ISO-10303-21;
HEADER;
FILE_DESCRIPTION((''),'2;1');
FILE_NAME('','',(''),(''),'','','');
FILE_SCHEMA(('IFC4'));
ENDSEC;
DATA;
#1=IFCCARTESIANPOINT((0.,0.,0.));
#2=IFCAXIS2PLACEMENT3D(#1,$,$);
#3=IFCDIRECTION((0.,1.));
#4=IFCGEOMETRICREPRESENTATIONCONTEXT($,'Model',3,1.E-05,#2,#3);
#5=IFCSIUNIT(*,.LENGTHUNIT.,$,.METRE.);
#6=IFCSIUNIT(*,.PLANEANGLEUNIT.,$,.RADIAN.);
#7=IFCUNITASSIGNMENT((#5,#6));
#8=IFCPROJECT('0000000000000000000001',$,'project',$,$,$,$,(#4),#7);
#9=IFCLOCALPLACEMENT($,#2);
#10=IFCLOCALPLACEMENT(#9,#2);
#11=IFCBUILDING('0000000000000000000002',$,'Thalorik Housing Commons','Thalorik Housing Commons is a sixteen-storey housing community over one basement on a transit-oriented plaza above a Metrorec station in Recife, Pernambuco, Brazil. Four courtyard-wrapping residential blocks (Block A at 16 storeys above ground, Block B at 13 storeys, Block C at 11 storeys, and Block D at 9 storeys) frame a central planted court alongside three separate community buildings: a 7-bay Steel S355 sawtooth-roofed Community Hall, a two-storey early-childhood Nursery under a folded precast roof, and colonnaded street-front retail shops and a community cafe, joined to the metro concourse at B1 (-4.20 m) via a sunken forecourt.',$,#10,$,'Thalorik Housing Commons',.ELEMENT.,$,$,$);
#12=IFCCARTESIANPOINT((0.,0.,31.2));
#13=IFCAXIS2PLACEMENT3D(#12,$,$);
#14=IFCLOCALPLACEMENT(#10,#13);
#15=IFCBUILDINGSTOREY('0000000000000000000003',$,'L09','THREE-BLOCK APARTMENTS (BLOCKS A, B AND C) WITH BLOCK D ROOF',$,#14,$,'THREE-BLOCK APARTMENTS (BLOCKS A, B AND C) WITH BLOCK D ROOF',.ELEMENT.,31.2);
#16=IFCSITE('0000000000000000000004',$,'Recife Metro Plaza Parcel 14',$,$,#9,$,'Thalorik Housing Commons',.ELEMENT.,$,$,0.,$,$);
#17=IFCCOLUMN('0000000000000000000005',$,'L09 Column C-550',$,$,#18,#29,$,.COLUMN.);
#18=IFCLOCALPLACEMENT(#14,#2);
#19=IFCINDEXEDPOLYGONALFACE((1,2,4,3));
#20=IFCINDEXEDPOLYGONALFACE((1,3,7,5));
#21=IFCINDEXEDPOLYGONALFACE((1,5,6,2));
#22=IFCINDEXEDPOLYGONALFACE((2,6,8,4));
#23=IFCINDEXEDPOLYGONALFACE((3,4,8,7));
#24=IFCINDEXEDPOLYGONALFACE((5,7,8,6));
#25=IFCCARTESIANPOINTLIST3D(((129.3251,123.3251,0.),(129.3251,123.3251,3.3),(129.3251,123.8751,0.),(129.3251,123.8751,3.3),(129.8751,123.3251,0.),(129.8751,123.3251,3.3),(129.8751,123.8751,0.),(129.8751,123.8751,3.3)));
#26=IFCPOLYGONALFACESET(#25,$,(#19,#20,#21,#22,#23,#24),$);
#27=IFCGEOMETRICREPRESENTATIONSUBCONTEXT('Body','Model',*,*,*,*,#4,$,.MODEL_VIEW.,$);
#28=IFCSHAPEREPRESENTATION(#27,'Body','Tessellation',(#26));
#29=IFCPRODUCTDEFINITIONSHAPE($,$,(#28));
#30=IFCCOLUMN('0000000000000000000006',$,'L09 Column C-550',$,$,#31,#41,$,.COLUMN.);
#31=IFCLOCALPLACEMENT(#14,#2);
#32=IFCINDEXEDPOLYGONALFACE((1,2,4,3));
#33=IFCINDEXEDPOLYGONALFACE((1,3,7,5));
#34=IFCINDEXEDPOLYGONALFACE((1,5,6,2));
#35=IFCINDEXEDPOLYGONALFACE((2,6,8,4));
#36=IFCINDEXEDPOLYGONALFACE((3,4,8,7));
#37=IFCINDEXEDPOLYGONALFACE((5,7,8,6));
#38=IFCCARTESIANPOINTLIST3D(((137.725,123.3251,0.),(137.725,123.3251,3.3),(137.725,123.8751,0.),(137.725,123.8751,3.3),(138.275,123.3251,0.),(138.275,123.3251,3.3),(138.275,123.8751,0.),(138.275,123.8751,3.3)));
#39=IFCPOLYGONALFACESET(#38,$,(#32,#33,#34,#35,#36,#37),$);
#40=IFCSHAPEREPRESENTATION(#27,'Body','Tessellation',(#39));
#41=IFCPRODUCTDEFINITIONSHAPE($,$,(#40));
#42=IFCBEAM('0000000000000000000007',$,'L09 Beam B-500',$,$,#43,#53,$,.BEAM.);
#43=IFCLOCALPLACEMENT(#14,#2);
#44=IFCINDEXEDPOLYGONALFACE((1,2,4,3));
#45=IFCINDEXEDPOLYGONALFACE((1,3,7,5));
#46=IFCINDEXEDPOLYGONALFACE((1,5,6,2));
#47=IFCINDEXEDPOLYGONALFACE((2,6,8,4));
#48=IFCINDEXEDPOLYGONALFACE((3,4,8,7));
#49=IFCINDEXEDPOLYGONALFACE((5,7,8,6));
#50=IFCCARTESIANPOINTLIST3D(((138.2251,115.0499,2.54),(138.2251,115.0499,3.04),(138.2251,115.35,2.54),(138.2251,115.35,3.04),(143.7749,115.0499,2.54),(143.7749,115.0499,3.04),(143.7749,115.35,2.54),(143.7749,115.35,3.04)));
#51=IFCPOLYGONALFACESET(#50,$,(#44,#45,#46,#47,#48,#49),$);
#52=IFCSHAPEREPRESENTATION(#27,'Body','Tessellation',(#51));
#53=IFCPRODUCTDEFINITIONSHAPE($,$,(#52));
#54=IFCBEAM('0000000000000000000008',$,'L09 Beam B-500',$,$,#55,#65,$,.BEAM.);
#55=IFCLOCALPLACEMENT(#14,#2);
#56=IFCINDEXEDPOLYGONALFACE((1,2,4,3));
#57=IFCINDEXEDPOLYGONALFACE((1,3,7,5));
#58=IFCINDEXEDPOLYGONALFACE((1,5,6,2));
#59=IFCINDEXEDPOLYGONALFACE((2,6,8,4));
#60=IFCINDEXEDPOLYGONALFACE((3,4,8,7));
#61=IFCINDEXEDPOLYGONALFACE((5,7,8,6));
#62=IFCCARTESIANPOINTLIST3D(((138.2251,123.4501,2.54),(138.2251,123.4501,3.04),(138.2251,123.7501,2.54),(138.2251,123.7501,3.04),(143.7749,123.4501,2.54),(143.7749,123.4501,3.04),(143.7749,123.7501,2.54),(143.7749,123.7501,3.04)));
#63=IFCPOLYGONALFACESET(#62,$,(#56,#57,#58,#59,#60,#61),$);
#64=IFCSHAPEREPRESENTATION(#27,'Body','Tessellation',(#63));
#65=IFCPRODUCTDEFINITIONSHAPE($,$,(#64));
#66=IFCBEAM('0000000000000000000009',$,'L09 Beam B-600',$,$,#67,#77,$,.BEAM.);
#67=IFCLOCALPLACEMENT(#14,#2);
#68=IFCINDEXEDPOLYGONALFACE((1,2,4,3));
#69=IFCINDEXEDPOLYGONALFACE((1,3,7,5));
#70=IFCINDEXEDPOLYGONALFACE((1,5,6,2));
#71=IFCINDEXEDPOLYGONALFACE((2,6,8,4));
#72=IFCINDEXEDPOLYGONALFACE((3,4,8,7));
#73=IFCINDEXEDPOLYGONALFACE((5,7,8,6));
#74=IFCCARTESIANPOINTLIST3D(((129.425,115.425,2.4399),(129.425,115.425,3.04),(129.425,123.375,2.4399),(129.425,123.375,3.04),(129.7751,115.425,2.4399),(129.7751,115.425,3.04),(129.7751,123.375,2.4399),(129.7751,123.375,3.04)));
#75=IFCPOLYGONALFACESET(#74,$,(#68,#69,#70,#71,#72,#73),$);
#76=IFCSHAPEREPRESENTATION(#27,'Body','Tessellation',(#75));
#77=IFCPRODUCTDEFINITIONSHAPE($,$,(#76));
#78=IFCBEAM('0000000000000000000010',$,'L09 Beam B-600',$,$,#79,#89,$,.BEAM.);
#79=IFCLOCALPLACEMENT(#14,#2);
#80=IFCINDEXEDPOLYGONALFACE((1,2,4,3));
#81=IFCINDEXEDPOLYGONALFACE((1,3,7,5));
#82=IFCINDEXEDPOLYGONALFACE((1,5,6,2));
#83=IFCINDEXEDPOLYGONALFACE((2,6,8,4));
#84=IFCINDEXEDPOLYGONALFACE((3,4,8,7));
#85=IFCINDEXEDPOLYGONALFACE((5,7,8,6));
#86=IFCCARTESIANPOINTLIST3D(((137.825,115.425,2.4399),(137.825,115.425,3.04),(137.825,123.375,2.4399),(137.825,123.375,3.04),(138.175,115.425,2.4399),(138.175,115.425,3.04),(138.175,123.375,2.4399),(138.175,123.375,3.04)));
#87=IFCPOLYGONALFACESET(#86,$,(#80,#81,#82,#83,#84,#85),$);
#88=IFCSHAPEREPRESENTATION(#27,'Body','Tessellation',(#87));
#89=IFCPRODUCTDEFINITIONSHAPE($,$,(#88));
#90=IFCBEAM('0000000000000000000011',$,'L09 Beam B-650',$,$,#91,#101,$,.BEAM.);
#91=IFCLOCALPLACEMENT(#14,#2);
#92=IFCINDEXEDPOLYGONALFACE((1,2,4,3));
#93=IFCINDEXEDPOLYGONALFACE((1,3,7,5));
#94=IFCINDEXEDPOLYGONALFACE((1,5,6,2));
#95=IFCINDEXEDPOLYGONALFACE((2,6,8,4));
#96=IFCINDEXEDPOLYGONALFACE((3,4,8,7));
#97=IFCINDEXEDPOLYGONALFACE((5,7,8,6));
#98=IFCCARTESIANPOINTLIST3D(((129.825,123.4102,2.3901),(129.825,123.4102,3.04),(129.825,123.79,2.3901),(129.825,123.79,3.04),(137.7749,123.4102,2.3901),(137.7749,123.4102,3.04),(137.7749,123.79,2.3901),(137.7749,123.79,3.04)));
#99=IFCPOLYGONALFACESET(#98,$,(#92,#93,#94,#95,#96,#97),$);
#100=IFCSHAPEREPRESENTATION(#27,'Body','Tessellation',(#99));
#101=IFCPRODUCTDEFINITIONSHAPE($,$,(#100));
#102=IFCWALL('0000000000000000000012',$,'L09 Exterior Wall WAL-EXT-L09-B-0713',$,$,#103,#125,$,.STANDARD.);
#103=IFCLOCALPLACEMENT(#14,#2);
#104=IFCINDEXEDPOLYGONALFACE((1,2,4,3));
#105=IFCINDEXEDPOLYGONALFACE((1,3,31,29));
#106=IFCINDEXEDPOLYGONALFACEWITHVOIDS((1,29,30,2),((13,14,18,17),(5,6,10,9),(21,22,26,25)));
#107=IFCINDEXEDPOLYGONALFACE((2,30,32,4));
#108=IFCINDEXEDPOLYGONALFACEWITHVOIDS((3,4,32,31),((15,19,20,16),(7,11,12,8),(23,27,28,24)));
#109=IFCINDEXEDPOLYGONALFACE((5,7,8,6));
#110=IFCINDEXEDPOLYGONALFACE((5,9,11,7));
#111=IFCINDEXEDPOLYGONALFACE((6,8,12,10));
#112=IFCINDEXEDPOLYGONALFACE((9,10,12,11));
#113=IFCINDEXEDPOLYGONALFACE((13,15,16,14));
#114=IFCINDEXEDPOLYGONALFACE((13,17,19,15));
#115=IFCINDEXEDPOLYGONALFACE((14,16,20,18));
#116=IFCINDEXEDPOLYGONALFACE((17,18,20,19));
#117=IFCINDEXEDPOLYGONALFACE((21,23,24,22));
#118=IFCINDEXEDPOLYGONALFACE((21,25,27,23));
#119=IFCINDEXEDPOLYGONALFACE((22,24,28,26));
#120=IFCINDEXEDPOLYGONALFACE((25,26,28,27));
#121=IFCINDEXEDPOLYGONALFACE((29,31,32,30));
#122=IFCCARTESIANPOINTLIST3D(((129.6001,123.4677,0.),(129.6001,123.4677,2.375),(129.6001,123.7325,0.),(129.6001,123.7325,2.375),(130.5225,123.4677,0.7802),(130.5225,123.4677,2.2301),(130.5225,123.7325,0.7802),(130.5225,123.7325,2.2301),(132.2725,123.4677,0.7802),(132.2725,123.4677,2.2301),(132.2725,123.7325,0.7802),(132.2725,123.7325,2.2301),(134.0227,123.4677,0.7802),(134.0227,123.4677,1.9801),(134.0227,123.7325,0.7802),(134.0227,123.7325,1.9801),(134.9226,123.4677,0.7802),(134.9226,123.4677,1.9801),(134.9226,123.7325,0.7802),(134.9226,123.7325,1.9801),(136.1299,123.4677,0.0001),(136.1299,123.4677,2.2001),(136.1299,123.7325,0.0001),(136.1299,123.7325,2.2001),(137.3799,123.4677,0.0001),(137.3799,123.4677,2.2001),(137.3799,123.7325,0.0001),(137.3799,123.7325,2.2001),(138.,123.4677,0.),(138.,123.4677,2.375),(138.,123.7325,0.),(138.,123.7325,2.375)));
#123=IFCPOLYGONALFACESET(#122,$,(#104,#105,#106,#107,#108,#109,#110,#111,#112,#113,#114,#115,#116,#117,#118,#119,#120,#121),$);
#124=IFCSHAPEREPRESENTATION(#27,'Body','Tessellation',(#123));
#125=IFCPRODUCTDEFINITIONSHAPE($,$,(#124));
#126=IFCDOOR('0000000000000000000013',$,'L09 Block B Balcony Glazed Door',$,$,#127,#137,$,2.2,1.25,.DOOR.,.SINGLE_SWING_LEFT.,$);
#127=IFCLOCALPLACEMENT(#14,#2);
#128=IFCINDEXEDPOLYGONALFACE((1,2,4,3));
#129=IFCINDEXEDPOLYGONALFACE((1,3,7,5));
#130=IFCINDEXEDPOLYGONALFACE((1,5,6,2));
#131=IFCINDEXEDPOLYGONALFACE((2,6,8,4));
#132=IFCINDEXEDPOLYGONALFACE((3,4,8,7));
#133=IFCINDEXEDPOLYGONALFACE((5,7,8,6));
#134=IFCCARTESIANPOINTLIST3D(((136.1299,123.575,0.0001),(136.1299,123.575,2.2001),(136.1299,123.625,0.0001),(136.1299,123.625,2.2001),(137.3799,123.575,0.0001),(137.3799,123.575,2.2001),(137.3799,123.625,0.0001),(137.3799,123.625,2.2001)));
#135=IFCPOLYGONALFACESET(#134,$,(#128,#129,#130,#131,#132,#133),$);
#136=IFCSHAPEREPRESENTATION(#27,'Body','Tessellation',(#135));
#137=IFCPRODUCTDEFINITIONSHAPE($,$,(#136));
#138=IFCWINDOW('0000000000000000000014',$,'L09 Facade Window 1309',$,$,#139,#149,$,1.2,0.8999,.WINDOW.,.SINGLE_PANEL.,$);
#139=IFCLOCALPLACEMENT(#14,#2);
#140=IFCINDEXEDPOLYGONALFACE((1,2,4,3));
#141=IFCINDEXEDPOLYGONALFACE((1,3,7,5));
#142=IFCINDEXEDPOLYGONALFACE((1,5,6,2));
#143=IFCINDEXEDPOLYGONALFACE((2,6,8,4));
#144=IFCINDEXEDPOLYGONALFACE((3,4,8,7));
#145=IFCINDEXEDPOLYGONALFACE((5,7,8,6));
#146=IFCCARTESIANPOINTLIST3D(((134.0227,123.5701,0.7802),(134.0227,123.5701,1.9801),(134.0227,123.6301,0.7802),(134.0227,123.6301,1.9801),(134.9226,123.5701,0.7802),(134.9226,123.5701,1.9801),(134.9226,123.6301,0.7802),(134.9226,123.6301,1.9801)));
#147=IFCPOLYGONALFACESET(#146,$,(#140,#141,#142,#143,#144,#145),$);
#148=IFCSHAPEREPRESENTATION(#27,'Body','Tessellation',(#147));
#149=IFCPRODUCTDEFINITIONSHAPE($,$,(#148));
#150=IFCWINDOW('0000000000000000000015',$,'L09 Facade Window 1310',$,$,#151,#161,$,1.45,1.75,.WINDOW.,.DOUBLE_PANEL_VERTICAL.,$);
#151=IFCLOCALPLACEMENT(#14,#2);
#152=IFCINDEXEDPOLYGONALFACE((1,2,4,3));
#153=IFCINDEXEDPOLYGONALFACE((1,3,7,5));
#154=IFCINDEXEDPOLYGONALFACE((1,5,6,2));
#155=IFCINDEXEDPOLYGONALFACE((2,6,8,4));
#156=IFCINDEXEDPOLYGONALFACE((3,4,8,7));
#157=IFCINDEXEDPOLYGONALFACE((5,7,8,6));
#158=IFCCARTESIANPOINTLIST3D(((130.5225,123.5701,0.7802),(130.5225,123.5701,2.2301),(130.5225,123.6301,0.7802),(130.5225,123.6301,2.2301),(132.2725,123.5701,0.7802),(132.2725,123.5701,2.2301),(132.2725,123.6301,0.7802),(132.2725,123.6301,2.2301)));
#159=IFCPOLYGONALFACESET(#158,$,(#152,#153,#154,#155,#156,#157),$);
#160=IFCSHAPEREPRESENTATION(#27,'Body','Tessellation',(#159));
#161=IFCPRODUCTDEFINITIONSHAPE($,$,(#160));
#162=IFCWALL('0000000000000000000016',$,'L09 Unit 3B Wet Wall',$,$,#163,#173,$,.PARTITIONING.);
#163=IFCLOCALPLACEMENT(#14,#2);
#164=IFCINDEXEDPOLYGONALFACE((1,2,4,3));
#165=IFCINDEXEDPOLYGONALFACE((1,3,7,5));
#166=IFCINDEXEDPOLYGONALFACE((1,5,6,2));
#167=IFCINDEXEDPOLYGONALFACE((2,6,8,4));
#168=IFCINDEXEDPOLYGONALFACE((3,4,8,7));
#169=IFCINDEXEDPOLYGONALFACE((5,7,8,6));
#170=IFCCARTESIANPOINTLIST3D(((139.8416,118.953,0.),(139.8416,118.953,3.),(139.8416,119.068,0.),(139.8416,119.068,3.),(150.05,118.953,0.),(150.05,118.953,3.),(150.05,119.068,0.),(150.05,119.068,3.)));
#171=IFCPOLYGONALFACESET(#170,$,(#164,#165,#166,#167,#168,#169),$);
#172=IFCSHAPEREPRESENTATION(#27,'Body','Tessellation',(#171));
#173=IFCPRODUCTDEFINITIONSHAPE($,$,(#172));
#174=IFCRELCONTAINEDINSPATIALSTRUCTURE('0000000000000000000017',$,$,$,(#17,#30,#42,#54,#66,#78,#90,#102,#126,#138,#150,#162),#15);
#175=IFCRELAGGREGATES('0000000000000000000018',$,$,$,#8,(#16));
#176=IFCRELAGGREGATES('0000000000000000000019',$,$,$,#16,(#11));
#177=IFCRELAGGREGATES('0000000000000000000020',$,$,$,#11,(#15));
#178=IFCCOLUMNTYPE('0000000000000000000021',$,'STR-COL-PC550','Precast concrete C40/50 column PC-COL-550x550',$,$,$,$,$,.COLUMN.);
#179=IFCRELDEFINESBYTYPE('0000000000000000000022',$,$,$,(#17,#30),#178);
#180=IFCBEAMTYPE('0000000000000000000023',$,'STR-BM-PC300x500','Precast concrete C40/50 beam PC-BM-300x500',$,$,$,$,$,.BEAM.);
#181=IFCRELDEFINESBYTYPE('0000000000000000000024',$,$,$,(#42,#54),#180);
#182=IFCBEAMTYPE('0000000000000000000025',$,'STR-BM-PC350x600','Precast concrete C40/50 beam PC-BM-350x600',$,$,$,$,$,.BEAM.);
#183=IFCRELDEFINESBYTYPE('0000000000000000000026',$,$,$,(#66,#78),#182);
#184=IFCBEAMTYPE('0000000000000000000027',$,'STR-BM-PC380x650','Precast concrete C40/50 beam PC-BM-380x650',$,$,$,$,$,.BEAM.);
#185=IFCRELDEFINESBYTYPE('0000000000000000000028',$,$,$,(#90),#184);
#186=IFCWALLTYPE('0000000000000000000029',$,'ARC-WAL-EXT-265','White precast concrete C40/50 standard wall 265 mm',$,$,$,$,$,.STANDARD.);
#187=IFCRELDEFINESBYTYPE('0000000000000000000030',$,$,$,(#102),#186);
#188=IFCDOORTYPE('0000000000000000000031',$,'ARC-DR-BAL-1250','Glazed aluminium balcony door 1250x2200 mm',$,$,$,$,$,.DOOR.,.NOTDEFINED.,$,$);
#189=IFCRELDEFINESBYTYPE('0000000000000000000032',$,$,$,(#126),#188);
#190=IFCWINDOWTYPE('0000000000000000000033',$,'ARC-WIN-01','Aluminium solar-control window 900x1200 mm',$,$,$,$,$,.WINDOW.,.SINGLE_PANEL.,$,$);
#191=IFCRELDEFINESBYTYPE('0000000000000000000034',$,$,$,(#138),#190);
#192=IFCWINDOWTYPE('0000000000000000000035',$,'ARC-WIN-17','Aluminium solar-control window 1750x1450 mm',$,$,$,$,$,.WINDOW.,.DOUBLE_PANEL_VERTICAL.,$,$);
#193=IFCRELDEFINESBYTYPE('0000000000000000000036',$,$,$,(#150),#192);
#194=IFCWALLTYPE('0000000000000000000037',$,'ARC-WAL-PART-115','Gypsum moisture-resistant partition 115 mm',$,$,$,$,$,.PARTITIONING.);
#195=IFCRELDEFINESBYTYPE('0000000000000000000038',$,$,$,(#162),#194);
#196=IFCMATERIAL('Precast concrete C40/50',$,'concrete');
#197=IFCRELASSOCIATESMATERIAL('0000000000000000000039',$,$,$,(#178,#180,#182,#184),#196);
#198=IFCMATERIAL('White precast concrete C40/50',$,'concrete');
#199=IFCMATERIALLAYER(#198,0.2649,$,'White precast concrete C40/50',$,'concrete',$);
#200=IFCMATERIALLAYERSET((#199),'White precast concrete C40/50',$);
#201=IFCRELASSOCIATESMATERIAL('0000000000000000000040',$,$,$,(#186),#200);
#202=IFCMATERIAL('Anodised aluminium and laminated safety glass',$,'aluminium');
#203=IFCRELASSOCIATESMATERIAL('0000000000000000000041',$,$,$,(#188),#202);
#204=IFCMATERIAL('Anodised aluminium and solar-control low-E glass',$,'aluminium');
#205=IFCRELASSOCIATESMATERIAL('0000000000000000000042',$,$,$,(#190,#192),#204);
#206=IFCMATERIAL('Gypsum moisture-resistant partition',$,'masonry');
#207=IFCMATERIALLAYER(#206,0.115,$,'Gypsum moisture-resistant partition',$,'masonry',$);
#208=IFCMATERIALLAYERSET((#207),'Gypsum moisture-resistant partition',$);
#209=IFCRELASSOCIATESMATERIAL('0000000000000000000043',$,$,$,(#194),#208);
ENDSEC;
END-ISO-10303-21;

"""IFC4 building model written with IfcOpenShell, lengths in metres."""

from ifc_helpers import new_model, si_unit, direction, frame, frame_2d, origin, origin_2d, place, context, subcontext, project, spatial, rectangle, extrude, material, layer, layer_set, material_profile, profile_set, type_object, element, fill, save


model = new_model("IFC4")

# Units and contexts
model_context = context("Model", 3, precision=1e-05, world=origin(), true_north=direction((0.0, 1.0)))
body_context = subcontext(model_context, "Body", "Model", "MODEL_VIEW")
ifc_project = project(units=[si_unit("LENGTHUNIT", "METRE"), si_unit("PLANEANGLEUNIT", "RADIAN")], contexts=[model_context])

# Site, building, storey
site_placement = place(None, origin())
site = spatial("IfcSite", under=ifc_project, at=site_placement, Name="Recife Metro Plaza Parcel 14", LongName="Thalorik Housing Commons", CompositionType="ELEMENT", RefElevation=0.0)
building_placement = place(site_placement, origin())
building = spatial("IfcBuilding", under=site, at=building_placement, Name="Thalorik Housing Commons", Description="Thalorik Housing Commons is a sixteen-storey housing community over one basement on a transit-oriented plaza above a Metrorec station in Recife, Pernambuco, Brazil. Four courtyard-wrapping residential blocks (Block A at 16 storeys above ground, Block B at 13 storeys, Block C at 11 storeys, and Block D at 9 storeys) frame a central planted court alongside three separate community buildings: a 7-bay Steel S355 sawtooth-roofed Community Hall, a two-storey early-childhood Nursery under a folded precast roof, and colonnaded street-front retail shops and a community cafe, joined to the metro concourse at B1 (-4.20 m) via a sunken forecourt.", LongName="Thalorik Housing Commons", CompositionType="ELEMENT")
storey_placement = place(building_placement, frame((0.0, 0.0, 31.2)))
storey = spatial("IfcBuildingStorey", under=building, at=storey_placement, Name="L09", Description="THREE-BLOCK APARTMENTS (BLOCKS A, B AND C) WITH BLOCK D ROOF", LongName="THREE-BLOCK APARTMENTS (BLOCKS A, B AND C) WITH BLOCK D ROOF", CompositionType="ELEMENT", Elevation=31.2)

# Columns
ifc_material_1 = material(Name="Precast concrete C40/50", Category="concrete")
ifc_material_profile_1 = material_profile(ifc_material_1, rectangle(XDim=0.55, YDim=0.55, at=origin_2d()), Name="PC 550x550", Category="concrete")
ifc_profile_set_1 = profile_set([ifc_material_profile_1], Name="Precast concrete C40/50")
column_type = type_object("IfcColumnType", Name="STR-COL-PC550", Description="Precast concrete C40/50 column PC-COL-550x550", PredefinedType="COLUMN", material=ifc_profile_set_1)
for number, where, z_axis, x_axis, name in (
    (1, (129.6001, 123.6001, 0.0), (0.0, 0.0, 1.0), (1.0, 0.0, 0.0), "L09 Column C-550"),
    (2, (138.0, 123.6001, 0.0), (0.0, 0.0, 1.0), (1.0, 0.0, 0.0), "L09 Column C-550"),
):
    element("IfcColumn", number, at=place(storey_placement, frame(where, z_axis=z_axis, x_axis=x_axis)), inside=storey, type_object=column_type, Name=name, PredefinedType="COLUMN", context=body_context, shape_type="SweptSolid", body=[
        extrude(rectangle(XDim=0.55, YDim=0.55, at=origin_2d()), origin(), (0.0, 0.0, 1.0), 3.3),
    ])

# Beams
ifc_material_profile_2 = material_profile(ifc_material_1, rectangle(XDim=0.3, YDim=0.5, at=origin_2d()), Name="PC 300x500", Category="concrete")
ifc_profile_set_2 = profile_set([ifc_material_profile_2], Name="Precast concrete C40/50")
beam_type_1 = type_object("IfcBeamType", Name="STR-BM-PC300x500", Description="Precast concrete C40/50 beam PC-BM-300x500", PredefinedType="BEAM", material=ifc_profile_set_2)
for number, where, z_axis, x_axis, name in (
    (3, (138.2251, 115.2, 2.79), (1.0, 0.0, 0.0), (0.0, 1.0, 0.0), "L09 Beam B-500"),
    (4, (138.2251, 123.6001, 2.79), (1.0, 0.0, 0.0), (0.0, 1.0, 0.0), "L09 Beam B-500"),
):
    element("IfcBeam", number, at=place(storey_placement, frame(where, z_axis=z_axis, x_axis=x_axis)), inside=storey, type_object=beam_type_1, Name=name, PredefinedType="BEAM", context=body_context, shape_type="SweptSolid", body=[
        extrude(rectangle(XDim=0.3, YDim=0.5, at=origin_2d()), origin(), (0.0, 0.0, 1.0), 5.5498),
    ])
ifc_material_profile_3 = material_profile(ifc_material_1, rectangle(XDim=0.3501, YDim=0.6001, at=origin_2d()), Name="PC 350x600", Category="concrete")
ifc_profile_set_3 = profile_set([ifc_material_profile_3], Name="Precast concrete C40/50")
beam_type_2 = type_object("IfcBeamType", Name="STR-BM-PC350x600", Description="Precast concrete C40/50 beam PC-BM-350x600", PredefinedType="BEAM", material=ifc_profile_set_3)
for number, where, z_axis, x_axis, name in (
    (5, (129.6001, 115.425, 2.74), (0.0, 1.0, 0.0), (-1.0, 0.0, 0.0), "L09 Beam B-600"),
    (6, (138.0, 115.425, 2.74), (0.0, 1.0, 0.0), (-1.0, 0.0, 0.0), "L09 Beam B-600"),
):
    element("IfcBeam", number, at=place(storey_placement, frame(where, z_axis=z_axis, x_axis=x_axis)), inside=storey, type_object=beam_type_2, Name=name, PredefinedType="BEAM", context=body_context, shape_type="SweptSolid", body=[
        extrude(rectangle(XDim=0.3501, YDim=0.6001, at=origin_2d()), origin(), (0.0, 0.0, 1.0), 7.95),
    ])
ifc_material_profile_4 = material_profile(ifc_material_1, rectangle(XDim=0.3799, YDim=0.6499, at=origin_2d()), Name="PC 380x650", Category="concrete")
ifc_profile_set_4 = profile_set([ifc_material_profile_4], Name="Precast concrete C40/50")
beam_type_3 = type_object("IfcBeamType", Name="STR-BM-PC380x650", Description="Precast concrete C40/50 beam PC-BM-380x650", PredefinedType="BEAM", material=ifc_profile_set_4)
beam_placement = place(storey_placement, frame((129.825, 123.6001, 2.7151), z_axis=(1.0, 0.0, 0.0), x_axis=(0.0, 1.0, 0.0)))
element("IfcBeam", 7, at=beam_placement, inside=storey, type_object=beam_type_3, Name="L09 Beam B-650", PredefinedType="BEAM", context=body_context, shape_type="SweptSolid", body=[
    extrude(rectangle(XDim=0.3799, YDim=0.6499, at=origin_2d()), origin(), (0.0, 0.0, 1.0), 7.95),
])

# Wall, openings, door, windows
ifc_material_2 = material(Name="White precast concrete C40/50", Category="concrete")
ifc_layer_1 = layer(ifc_material_2, 0.2649, Name="White precast concrete C40/50", Category="concrete")
ifc_layer_set_1 = layer_set([ifc_layer_1], Name="White precast concrete C40/50")
wall_type_1 = type_object("IfcWallType", Name="ARC-WAL-EXT-265", Description="White precast concrete C40/50 standard wall 265 mm", PredefinedType="STANDARD", material=ifc_layer_set_1)
wall_1_placement = place(storey_placement, frame((138.0, 123.6001, 0.0), z_axis=(0.0, 0.0, 1.0), x_axis=(-1.0, 0.0, 0.0)))
wall_1 = element("IfcWall", 8, at=wall_1_placement, inside=storey, type_object=wall_type_1, Name="L09 Exterior Wall WAL-EXT-L09-B-0713", PredefinedType="STANDARD", context=body_context, shape_type="SweptSolid", body=[
    extrude(rectangle(XDim=8.3999, YDim=0.2649, at=frame_2d((4.2, 0.0))), origin(), (0.0, 0.0, 1.0), 2.375),
])
opening_1_placement = place(wall_1_placement, frame((0.6201, 0.0, 0.0)))
opening_1 = element("IfcOpeningElement", 9, at=opening_1_placement, cuts=wall_1, PredefinedType="OPENING", context=body_context, shape_type="SweptSolid", body=[
    extrude(rectangle(XDim=1.25, YDim=2.2, at=frame_2d((0.625, 1.1001))), frame((0.0, 0.1426, 0.0), z_axis=(0.0, -1.0, 0.0), x_axis=(1.0, 0.0, 0.0)), (0.0, 0.0, 1.0), 0.2849),
])
opening_2_placement = place(wall_1_placement, frame((3.0774, 0.0, 0.78)))
opening_2 = element("IfcOpeningElement", 10, at=opening_2_placement, cuts=wall_1, PredefinedType="OPENING", context=body_context, shape_type="SweptSolid", body=[
    extrude(rectangle(XDim=0.8999, YDim=1.2, at=frame_2d((0.45, 0.6001))), frame((0.0, 0.1426, 0.0), z_axis=(0.0, -1.0, 0.0), x_axis=(1.0, 0.0, 0.0)), (0.0, 0.0, 1.0), 0.2849),
])
opening_3_placement = place(wall_1_placement, frame((5.7275, 0.0, 0.78)))
opening_3 = element("IfcOpeningElement", 11, at=opening_3_placement, cuts=wall_1, PredefinedType="OPENING", context=body_context, shape_type="SweptSolid", body=[
    extrude(rectangle(XDim=1.75, YDim=1.45, at=frame_2d((0.875, 0.7251))), frame((0.0, 0.1426, 0.0), z_axis=(0.0, -1.0, 0.0), x_axis=(1.0, 0.0, 0.0)), (0.0, 0.0, 1.0), 0.2849),
])
ifc_material_3 = material(Name="Anodised aluminium and laminated safety glass", Category="aluminium")
door_type_1 = type_object("IfcDoorType", Name="ARC-DR-BAL-1250", Description="Glazed aluminium balcony door 1250x2200 mm", OperationType="NOTDEFINED", PredefinedType="DOOR", material=ifc_material_3)
door_1_placement = place(opening_1_placement, frame((1.25, 0.0, 0.0), z_axis=(0.0, 0.0, 1.0), x_axis=(-1.0, 0.0, 0.0)))
door_1 = element("IfcDoor", 12, at=door_1_placement, inside=storey, type_object=door_type_1, Name="L09 Block B Balcony Glazed Door", OperationType="SINGLE_SWING_LEFT", OverallHeight=2.2, OverallWidth=1.25, PredefinedType="DOOR", context=body_context, shape_type="SweptSolid", body=[
    extrude(rectangle(XDim=1.25, YDim=2.2, at=frame_2d((0.625, 1.1001))), frame((0.0, 0.0249, 0.0), z_axis=(0.0, -1.0, 0.0), x_axis=(1.0, 0.0, 0.0)), (0.0, 0.0, 1.0), 0.05),
])
fill(opening_1, door_1)
ifc_material_4 = material(Name="Anodised aluminium and solar-control low-E glass", Category="aluminium")
window_type_1 = type_object("IfcWindowType", Name="ARC-WIN-01", Description="Aluminium solar-control window 900x1200 mm", PartitioningType="SINGLE_PANEL", PredefinedType="WINDOW", material=ifc_material_4)
window_1_placement = place(opening_2_placement, origin())
window_1 = element("IfcWindow", 13, at=window_1_placement, inside=storey, type_object=window_type_1, Name="L09 Facade Window 1309", OverallHeight=1.2, OverallWidth=0.8999, PartitioningType="SINGLE_PANEL", PredefinedType="WINDOW", context=body_context, shape_type="SweptSolid", body=[
    extrude(rectangle(XDim=0.8999, YDim=1.2, at=frame_2d((0.45, 0.6001))), frame((0.0, 0.03, 0.0), z_axis=(0.0, -1.0, 0.0), x_axis=(1.0, 0.0, 0.0)), (0.0, 0.0, 1.0), 0.0601),
])
fill(opening_2, window_1)
window_type_2 = type_object("IfcWindowType", Name="ARC-WIN-17", Description="Aluminium solar-control window 1750x1450 mm", PartitioningType="DOUBLE_PANEL_VERTICAL", PredefinedType="WINDOW", material=ifc_material_4)
window_2_placement = place(opening_3_placement, origin())
window_2 = element("IfcWindow", 14, at=window_2_placement, inside=storey, type_object=window_type_2, Name="L09 Facade Window 1310", OverallHeight=1.45, OverallWidth=1.75, PartitioningType="DOUBLE_PANEL_VERTICAL", PredefinedType="WINDOW", context=body_context, shape_type="SweptSolid", body=[
    extrude(rectangle(XDim=1.75, YDim=1.45, at=frame_2d((0.875, 0.7251))), frame((0.0, 0.03, 0.0), z_axis=(0.0, -1.0, 0.0), x_axis=(1.0, 0.0, 0.0)), (0.0, 0.0, 1.0), 0.0601),
])
fill(opening_3, window_2)

# Wall
ifc_material_5 = material(Name="Gypsum moisture-resistant partition", Category="masonry")
ifc_layer_2 = layer(ifc_material_5, 0.115, Name="Gypsum moisture-resistant partition", Category="masonry")
ifc_layer_set_2 = layer_set([ifc_layer_2], Name="Gypsum moisture-resistant partition")
wall_type_2 = type_object("IfcWallType", Name="ARC-WAL-PART-115", Description="Gypsum moisture-resistant partition 115 mm", PredefinedType="PARTITIONING", material=ifc_layer_set_2)
wall_2_placement = place(storey_placement, frame((139.8416, 119.0105, 0.0), z_axis=(0.0, 0.0, 1.0), x_axis=(1.0, 0.0, 0.0)))
element("IfcWall", 15, at=wall_2_placement, inside=storey, type_object=wall_type_2, Name="L09 Unit 3B Wet Wall", PredefinedType="PARTITIONING", context=body_context, shape_type="SweptSolid", body=[
    extrude(rectangle(XDim=10.2085, YDim=0.115, at=frame_2d((5.1042, 0.0))), origin(), (0.0, 0.0, 1.0), 3.0),
])

save(model, "model.ifc")
